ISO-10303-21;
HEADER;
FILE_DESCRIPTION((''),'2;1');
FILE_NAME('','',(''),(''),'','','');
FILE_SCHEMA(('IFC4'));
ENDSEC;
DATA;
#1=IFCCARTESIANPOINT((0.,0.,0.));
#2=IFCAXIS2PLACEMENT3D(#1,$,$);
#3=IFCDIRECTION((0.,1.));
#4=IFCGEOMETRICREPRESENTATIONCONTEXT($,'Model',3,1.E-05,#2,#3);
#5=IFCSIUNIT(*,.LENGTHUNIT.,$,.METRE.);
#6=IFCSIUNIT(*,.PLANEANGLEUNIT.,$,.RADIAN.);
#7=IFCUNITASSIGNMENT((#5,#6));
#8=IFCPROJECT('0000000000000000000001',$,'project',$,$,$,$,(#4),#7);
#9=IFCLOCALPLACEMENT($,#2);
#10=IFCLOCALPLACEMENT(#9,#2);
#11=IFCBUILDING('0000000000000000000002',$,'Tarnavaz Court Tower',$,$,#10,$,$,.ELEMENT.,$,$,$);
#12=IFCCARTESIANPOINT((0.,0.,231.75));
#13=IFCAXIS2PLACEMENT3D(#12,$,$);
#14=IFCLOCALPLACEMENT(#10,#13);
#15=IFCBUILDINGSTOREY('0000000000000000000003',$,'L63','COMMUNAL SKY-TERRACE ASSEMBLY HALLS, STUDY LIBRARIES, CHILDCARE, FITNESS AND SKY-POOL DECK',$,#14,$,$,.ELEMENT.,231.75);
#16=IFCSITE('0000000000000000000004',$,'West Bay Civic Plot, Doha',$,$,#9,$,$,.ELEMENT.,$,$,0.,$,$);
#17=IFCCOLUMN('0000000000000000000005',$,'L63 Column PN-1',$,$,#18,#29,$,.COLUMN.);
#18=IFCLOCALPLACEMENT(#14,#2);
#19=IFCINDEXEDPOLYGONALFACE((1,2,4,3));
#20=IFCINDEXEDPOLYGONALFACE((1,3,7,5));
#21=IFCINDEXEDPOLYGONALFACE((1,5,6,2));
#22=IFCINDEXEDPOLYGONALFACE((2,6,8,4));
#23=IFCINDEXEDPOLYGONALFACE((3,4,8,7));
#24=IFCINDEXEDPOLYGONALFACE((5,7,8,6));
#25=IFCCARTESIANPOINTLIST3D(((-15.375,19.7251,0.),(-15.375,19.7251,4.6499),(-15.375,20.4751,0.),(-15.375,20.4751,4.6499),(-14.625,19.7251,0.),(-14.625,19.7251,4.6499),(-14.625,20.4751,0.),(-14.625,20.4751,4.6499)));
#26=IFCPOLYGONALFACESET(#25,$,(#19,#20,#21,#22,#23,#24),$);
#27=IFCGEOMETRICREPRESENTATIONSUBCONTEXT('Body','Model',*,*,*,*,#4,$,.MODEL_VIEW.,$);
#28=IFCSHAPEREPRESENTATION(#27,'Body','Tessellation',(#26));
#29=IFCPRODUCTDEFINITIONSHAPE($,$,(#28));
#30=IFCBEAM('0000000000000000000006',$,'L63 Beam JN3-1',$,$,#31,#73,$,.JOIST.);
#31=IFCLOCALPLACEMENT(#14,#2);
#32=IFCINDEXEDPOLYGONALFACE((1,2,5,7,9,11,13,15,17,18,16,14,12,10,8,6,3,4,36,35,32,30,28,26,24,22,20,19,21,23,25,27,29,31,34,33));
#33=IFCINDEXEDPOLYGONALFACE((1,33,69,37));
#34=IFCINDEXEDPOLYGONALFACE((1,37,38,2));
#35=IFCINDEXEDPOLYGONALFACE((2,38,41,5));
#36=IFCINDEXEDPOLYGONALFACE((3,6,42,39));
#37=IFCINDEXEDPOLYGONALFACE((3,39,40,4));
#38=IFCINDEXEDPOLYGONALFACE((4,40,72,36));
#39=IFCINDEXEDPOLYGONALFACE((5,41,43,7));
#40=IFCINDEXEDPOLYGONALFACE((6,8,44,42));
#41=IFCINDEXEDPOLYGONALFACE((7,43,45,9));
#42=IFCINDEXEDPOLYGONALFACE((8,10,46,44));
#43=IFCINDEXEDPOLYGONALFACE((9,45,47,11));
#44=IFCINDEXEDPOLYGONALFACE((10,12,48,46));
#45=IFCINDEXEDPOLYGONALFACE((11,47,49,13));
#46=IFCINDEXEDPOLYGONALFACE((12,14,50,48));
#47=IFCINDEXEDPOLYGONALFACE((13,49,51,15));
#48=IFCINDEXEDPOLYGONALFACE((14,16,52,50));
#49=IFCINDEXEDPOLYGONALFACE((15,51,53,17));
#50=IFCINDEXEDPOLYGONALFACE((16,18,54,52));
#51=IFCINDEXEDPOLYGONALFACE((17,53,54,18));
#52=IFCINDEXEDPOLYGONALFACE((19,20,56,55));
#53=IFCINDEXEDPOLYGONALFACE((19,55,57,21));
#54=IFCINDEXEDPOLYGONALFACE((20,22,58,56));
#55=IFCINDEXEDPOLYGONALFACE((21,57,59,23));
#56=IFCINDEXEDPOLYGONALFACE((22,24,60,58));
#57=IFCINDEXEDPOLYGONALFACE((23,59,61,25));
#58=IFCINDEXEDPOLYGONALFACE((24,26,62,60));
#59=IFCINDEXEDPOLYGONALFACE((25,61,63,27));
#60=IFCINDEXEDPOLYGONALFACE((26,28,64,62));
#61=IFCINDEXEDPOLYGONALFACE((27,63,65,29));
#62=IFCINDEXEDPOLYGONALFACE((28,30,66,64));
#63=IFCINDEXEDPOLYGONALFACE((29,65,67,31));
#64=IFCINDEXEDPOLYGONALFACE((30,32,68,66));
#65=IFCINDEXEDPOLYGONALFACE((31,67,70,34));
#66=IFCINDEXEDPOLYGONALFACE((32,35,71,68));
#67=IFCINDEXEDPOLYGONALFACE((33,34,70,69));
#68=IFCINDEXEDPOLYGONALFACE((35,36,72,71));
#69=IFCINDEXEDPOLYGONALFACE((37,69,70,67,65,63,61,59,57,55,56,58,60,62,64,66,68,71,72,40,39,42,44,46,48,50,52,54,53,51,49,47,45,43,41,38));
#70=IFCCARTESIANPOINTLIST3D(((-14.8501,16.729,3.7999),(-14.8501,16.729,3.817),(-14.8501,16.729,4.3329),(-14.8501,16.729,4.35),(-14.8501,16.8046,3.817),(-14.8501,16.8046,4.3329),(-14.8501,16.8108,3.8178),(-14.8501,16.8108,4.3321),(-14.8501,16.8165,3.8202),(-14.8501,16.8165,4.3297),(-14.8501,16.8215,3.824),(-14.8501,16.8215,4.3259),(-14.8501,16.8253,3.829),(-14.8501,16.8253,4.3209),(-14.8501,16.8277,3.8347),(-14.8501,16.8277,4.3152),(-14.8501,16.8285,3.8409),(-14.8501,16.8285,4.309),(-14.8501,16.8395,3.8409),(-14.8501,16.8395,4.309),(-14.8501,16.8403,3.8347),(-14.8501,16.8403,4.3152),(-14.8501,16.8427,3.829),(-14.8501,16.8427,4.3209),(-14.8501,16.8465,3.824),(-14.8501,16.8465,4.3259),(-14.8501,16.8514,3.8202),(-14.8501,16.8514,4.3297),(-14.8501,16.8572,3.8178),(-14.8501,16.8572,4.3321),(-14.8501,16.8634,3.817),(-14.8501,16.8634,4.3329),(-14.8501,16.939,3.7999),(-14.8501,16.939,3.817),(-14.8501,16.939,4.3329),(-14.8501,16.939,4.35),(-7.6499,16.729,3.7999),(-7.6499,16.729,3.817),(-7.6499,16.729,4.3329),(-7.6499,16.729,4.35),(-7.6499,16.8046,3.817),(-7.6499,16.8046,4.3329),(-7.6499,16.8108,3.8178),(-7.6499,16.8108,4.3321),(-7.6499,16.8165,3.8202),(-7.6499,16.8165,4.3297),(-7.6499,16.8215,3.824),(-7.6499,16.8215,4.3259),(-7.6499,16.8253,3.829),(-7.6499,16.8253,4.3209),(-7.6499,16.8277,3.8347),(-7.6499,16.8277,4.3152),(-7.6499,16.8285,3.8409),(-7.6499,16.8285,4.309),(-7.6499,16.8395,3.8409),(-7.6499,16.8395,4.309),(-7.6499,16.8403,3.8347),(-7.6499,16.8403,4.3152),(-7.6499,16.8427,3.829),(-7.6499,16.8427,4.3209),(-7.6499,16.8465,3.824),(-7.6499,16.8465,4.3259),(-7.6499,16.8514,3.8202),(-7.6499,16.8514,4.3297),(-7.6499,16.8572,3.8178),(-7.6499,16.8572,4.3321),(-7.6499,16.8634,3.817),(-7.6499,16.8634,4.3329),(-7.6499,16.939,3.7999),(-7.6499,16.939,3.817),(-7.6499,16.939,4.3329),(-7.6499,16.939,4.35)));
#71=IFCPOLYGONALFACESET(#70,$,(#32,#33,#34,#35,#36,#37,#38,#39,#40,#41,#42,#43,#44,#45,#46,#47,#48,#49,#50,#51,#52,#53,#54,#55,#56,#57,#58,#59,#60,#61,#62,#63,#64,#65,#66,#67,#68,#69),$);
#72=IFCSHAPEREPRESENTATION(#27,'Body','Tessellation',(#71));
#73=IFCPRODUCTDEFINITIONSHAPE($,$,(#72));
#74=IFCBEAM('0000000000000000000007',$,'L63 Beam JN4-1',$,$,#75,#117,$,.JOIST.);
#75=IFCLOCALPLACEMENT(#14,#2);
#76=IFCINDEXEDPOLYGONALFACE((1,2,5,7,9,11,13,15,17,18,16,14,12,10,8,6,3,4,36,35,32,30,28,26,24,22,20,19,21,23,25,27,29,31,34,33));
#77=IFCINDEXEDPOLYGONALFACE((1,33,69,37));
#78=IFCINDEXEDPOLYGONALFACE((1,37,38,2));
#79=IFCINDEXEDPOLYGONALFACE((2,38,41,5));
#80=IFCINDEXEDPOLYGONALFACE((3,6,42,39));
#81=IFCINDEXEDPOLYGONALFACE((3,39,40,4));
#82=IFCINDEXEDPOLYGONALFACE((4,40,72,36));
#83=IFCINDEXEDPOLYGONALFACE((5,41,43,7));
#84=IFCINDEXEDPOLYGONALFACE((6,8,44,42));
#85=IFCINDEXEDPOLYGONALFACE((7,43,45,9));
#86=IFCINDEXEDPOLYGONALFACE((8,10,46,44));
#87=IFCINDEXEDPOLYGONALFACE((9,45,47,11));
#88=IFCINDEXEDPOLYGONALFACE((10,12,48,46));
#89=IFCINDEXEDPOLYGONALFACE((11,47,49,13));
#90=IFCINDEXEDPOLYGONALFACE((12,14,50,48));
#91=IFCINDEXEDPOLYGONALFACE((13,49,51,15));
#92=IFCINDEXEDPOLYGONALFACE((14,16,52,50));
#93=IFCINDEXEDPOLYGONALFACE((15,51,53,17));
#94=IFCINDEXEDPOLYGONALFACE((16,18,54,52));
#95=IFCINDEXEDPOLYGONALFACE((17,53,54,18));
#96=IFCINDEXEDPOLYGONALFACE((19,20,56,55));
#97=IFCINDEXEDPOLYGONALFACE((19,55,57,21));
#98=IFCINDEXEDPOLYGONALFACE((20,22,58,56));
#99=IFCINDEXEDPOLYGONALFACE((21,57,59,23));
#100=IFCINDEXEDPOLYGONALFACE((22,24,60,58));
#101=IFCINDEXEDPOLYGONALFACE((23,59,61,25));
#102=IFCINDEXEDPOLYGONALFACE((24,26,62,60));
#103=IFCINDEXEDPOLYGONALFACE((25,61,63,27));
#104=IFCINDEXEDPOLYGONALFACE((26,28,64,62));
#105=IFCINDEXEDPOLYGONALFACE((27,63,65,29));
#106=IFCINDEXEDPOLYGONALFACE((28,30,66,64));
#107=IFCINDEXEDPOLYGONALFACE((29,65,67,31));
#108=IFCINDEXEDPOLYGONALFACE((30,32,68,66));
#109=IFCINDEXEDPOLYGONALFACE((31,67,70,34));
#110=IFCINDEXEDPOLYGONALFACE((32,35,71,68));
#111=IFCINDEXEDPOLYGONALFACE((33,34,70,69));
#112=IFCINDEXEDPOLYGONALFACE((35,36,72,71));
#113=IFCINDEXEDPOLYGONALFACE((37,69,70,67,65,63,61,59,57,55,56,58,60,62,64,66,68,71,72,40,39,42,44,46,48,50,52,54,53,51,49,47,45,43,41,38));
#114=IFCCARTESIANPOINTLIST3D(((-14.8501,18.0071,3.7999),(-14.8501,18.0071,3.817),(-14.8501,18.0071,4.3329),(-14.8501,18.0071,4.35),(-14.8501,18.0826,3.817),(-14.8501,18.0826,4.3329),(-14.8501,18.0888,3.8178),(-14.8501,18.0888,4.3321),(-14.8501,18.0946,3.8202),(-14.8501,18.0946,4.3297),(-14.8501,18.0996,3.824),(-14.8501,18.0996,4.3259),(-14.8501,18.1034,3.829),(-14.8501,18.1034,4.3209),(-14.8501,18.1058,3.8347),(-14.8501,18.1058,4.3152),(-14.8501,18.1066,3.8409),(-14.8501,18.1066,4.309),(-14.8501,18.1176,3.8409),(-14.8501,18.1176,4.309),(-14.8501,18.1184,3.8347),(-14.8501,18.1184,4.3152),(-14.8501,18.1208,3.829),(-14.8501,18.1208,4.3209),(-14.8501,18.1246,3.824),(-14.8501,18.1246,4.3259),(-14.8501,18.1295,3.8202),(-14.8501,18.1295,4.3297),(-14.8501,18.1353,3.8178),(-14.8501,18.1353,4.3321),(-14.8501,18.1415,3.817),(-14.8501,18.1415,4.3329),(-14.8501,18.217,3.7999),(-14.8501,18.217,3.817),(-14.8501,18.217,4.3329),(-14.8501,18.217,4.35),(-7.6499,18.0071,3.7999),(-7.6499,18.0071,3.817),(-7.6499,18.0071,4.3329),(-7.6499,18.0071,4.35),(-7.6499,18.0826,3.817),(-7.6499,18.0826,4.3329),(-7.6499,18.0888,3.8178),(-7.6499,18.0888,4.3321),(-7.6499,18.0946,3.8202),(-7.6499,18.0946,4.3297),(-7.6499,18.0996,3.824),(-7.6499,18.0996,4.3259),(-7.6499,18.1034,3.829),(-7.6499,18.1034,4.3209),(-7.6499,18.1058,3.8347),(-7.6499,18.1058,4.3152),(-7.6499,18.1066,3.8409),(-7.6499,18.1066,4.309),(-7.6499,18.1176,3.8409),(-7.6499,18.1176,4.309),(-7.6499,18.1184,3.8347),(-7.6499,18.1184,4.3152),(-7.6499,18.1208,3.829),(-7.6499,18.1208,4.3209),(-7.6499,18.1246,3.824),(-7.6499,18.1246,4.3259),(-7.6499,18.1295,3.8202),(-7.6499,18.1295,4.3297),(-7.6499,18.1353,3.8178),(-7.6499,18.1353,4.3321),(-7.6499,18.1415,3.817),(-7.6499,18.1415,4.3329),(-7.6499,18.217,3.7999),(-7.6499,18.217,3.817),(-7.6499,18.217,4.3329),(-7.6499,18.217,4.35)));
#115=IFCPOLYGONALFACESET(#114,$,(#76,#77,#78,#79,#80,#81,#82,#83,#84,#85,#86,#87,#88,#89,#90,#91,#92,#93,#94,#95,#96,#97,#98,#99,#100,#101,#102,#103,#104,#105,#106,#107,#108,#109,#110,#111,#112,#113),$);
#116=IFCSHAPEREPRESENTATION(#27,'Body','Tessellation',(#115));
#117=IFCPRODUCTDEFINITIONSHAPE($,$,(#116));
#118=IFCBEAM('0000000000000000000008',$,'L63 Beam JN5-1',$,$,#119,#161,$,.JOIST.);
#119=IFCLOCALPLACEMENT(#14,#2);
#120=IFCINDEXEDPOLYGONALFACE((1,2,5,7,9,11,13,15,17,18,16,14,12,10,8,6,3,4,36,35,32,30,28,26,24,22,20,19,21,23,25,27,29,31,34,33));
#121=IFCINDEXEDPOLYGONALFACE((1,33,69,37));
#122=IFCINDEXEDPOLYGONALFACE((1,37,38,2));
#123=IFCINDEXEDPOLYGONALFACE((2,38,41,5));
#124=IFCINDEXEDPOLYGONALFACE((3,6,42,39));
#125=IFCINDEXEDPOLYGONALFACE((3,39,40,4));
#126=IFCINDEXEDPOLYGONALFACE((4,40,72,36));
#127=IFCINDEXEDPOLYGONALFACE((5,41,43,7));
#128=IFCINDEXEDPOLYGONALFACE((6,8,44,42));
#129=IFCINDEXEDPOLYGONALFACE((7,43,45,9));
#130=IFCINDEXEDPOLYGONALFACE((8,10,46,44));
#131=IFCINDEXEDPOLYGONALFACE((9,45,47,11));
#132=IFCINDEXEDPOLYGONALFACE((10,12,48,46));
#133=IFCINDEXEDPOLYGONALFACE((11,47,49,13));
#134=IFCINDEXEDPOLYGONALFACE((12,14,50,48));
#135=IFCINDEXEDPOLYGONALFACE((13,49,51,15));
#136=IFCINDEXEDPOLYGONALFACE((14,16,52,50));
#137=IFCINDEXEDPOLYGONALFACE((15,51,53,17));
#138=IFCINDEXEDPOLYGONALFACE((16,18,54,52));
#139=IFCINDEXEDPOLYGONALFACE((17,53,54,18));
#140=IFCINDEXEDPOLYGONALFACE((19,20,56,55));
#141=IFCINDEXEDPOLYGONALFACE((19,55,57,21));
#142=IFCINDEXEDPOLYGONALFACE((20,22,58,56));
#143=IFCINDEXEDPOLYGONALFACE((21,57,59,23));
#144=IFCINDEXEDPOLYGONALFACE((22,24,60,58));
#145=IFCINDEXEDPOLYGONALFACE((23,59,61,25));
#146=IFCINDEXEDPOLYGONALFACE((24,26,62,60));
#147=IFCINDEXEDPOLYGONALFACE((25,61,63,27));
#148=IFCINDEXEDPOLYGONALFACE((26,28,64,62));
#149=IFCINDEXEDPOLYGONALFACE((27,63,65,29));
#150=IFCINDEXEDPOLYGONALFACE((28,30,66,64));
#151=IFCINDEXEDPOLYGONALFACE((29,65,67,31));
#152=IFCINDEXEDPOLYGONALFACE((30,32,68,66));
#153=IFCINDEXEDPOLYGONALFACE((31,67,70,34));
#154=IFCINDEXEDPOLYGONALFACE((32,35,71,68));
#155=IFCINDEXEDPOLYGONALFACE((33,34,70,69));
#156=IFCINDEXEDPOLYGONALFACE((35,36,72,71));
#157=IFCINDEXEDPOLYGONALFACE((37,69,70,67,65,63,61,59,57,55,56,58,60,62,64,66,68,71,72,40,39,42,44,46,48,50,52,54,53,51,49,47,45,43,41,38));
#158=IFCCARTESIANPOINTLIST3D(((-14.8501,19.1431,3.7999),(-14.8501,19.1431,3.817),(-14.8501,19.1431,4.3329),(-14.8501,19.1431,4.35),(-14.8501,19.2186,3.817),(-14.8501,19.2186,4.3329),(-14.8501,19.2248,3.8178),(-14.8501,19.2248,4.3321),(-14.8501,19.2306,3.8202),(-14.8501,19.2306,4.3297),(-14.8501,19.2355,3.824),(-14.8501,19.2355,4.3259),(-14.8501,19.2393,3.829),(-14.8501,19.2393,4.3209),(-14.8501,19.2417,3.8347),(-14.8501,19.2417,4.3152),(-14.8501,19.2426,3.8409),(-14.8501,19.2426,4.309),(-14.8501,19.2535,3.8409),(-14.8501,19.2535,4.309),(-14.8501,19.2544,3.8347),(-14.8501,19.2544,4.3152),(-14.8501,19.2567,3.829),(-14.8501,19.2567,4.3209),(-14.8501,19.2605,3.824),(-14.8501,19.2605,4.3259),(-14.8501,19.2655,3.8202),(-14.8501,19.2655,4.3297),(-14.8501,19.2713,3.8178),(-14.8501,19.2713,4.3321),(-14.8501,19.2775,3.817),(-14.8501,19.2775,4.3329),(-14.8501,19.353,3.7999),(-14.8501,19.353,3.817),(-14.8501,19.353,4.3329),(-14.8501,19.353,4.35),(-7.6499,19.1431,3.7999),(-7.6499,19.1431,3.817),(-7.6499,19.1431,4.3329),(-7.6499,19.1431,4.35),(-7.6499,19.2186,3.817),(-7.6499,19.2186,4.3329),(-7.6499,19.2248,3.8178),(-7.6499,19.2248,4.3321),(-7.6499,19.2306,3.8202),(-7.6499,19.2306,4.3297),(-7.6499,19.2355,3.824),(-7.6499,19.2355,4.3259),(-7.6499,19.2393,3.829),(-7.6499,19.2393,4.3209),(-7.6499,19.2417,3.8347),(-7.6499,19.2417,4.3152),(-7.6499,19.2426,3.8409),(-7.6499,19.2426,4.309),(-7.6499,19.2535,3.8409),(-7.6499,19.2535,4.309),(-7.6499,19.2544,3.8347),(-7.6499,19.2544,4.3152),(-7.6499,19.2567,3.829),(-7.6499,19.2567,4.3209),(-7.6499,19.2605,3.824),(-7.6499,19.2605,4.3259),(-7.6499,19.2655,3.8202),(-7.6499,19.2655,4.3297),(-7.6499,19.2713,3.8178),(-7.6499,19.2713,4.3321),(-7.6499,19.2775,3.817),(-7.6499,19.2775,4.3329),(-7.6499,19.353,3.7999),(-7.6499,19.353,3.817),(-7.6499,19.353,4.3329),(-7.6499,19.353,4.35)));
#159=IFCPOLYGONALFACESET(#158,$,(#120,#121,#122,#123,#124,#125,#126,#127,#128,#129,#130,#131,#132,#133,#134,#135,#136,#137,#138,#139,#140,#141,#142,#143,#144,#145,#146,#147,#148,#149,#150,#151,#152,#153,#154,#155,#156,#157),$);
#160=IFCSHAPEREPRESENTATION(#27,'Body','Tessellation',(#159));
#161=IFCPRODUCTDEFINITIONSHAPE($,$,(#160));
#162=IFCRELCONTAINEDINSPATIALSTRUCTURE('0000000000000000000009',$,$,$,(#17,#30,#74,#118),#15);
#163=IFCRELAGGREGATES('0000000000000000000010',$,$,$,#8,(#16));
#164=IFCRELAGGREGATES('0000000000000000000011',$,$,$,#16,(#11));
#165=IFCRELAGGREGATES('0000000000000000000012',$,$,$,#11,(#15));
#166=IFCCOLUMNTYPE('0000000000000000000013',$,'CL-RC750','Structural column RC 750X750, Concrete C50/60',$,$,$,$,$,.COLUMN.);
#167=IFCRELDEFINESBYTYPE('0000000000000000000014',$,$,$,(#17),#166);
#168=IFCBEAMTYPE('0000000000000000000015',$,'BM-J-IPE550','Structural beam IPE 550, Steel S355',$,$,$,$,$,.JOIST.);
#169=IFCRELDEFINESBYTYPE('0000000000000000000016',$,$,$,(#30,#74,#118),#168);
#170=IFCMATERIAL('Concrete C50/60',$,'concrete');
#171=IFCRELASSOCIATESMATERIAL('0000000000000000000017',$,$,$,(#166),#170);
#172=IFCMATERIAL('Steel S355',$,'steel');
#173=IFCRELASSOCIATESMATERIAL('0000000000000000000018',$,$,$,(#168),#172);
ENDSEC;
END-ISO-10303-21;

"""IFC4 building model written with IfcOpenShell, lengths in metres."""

from ifc_helpers import new_model, si_unit, direction, frame, origin, origin_2d, place, context, subcontext, project, spatial, rectangle, i_section, extrude, material, material_profile, profile_set, type_object, element, save


model = new_model("IFC4")

# Units and contexts
model_context = context("Model", 3, precision=1e-05, world=origin(), true_north=direction((0.0, 1.0)))
body_context = subcontext(model_context, "Body", "Model", "MODEL_VIEW")
ifc_project = project(units=[si_unit("LENGTHUNIT", "METRE"), si_unit("PLANEANGLEUNIT", "RADIAN")], contexts=[model_context])

# Site, building, storey
site_placement = place(None, origin())
site = spatial("IfcSite", under=ifc_project, at=site_placement, Name="West Bay Civic Plot, Doha", CompositionType="ELEMENT", RefElevation=0.0)
building_placement = place(site_placement, origin())
building = spatial("IfcBuilding", under=site, at=building_placement, Name="Tarnavaz Court Tower", CompositionType="ELEMENT")
storey_placement = place(building_placement, frame((0.0, 0.0, 231.75)))
storey = spatial("IfcBuildingStorey", under=building, at=storey_placement, Name="L63", Description="COMMUNAL SKY-TERRACE ASSEMBLY HALLS, STUDY LIBRARIES, CHILDCARE, FITNESS AND SKY-POOL DECK", CompositionType="ELEMENT", Elevation=231.75)

# Column
ifc_material_1 = material(Name="Concrete C50/60", Category="concrete")
ifc_material_profile_1 = material_profile(ifc_material_1, rectangle(XDim=0.75, YDim=0.75, at=origin_2d()), Name="RC 750X750")
ifc_profile_set_1 = profile_set([ifc_material_profile_1], Name="Concrete C50/60")
column_type = type_object("IfcColumnType", Name="CL-RC750", Description="Structural column RC 750X750, Concrete C50/60", PredefinedType="COLUMN", material=ifc_profile_set_1)
column_placement = place(storey_placement, frame((-15.0, 20.1001, 0.0), z_axis=(0.0, 0.0, 1.0), x_axis=(1.0, 0.0, 0.0)))
element("IfcColumn", 1, at=column_placement, inside=storey, type_object=column_type, Name="L63 Column PN-1", PredefinedType="COLUMN", context=body_context, shape_type="SweptSolid", body=[
    extrude(rectangle(XDim=0.75, YDim=0.75, at=origin_2d()), origin(), (0.0, 0.0, 1.0), 4.6499),
])

# Beams
ifc_material_2 = material(Name="Steel S355", Category="steel")
ifc_material_profile_2 = material_profile(ifc_material_2, i_section(OverallWidth=0.21, OverallDepth=0.55, WebThickness=0.011, FlangeThickness=0.0171, FilletRadius=0.0239, at=origin_2d()), Name="IPE 550")
ifc_profile_set_2 = profile_set([ifc_material_profile_2], Name="Steel S355")
beam_type = type_object("IfcBeamType", Name="BM-J-IPE550", Description="Structural beam IPE 550, Steel S355", PredefinedType="JOIST", material=ifc_profile_set_2)
for number, where, z_axis, x_axis, name in (
    (2, (-14.8501, 16.834, 4.075), (1.0, 0.0, 0.0), (0.0, 1.0, 0.0), "L63 Beam JN3-1"),
    (3, (-14.8501, 18.1121, 4.075), (1.0, 0.0, 0.0), (0.0, 1.0, 0.0), "L63 Beam JN4-1"),
    (4, (-14.8501, 19.248, 4.075), (1.0, 0.0, 0.0), (0.0, 1.0, 0.0), "L63 Beam JN5-1"),
):
    element("IfcBeam", number, at=place(storey_placement, frame(where, z_axis=z_axis, x_axis=x_axis)), inside=storey, type_object=beam_type, Name=name, PredefinedType="JOIST", context=body_context, shape_type="SweptSolid", body=[
        extrude(i_section(OverallWidth=0.21, OverallDepth=0.55, WebThickness=0.011, FlangeThickness=0.0171, FilletRadius=0.0239, at=origin_2d()), origin(), (0.0, 0.0, 1.0), 7.2002),
    ])

save(model, "model.ifc")
